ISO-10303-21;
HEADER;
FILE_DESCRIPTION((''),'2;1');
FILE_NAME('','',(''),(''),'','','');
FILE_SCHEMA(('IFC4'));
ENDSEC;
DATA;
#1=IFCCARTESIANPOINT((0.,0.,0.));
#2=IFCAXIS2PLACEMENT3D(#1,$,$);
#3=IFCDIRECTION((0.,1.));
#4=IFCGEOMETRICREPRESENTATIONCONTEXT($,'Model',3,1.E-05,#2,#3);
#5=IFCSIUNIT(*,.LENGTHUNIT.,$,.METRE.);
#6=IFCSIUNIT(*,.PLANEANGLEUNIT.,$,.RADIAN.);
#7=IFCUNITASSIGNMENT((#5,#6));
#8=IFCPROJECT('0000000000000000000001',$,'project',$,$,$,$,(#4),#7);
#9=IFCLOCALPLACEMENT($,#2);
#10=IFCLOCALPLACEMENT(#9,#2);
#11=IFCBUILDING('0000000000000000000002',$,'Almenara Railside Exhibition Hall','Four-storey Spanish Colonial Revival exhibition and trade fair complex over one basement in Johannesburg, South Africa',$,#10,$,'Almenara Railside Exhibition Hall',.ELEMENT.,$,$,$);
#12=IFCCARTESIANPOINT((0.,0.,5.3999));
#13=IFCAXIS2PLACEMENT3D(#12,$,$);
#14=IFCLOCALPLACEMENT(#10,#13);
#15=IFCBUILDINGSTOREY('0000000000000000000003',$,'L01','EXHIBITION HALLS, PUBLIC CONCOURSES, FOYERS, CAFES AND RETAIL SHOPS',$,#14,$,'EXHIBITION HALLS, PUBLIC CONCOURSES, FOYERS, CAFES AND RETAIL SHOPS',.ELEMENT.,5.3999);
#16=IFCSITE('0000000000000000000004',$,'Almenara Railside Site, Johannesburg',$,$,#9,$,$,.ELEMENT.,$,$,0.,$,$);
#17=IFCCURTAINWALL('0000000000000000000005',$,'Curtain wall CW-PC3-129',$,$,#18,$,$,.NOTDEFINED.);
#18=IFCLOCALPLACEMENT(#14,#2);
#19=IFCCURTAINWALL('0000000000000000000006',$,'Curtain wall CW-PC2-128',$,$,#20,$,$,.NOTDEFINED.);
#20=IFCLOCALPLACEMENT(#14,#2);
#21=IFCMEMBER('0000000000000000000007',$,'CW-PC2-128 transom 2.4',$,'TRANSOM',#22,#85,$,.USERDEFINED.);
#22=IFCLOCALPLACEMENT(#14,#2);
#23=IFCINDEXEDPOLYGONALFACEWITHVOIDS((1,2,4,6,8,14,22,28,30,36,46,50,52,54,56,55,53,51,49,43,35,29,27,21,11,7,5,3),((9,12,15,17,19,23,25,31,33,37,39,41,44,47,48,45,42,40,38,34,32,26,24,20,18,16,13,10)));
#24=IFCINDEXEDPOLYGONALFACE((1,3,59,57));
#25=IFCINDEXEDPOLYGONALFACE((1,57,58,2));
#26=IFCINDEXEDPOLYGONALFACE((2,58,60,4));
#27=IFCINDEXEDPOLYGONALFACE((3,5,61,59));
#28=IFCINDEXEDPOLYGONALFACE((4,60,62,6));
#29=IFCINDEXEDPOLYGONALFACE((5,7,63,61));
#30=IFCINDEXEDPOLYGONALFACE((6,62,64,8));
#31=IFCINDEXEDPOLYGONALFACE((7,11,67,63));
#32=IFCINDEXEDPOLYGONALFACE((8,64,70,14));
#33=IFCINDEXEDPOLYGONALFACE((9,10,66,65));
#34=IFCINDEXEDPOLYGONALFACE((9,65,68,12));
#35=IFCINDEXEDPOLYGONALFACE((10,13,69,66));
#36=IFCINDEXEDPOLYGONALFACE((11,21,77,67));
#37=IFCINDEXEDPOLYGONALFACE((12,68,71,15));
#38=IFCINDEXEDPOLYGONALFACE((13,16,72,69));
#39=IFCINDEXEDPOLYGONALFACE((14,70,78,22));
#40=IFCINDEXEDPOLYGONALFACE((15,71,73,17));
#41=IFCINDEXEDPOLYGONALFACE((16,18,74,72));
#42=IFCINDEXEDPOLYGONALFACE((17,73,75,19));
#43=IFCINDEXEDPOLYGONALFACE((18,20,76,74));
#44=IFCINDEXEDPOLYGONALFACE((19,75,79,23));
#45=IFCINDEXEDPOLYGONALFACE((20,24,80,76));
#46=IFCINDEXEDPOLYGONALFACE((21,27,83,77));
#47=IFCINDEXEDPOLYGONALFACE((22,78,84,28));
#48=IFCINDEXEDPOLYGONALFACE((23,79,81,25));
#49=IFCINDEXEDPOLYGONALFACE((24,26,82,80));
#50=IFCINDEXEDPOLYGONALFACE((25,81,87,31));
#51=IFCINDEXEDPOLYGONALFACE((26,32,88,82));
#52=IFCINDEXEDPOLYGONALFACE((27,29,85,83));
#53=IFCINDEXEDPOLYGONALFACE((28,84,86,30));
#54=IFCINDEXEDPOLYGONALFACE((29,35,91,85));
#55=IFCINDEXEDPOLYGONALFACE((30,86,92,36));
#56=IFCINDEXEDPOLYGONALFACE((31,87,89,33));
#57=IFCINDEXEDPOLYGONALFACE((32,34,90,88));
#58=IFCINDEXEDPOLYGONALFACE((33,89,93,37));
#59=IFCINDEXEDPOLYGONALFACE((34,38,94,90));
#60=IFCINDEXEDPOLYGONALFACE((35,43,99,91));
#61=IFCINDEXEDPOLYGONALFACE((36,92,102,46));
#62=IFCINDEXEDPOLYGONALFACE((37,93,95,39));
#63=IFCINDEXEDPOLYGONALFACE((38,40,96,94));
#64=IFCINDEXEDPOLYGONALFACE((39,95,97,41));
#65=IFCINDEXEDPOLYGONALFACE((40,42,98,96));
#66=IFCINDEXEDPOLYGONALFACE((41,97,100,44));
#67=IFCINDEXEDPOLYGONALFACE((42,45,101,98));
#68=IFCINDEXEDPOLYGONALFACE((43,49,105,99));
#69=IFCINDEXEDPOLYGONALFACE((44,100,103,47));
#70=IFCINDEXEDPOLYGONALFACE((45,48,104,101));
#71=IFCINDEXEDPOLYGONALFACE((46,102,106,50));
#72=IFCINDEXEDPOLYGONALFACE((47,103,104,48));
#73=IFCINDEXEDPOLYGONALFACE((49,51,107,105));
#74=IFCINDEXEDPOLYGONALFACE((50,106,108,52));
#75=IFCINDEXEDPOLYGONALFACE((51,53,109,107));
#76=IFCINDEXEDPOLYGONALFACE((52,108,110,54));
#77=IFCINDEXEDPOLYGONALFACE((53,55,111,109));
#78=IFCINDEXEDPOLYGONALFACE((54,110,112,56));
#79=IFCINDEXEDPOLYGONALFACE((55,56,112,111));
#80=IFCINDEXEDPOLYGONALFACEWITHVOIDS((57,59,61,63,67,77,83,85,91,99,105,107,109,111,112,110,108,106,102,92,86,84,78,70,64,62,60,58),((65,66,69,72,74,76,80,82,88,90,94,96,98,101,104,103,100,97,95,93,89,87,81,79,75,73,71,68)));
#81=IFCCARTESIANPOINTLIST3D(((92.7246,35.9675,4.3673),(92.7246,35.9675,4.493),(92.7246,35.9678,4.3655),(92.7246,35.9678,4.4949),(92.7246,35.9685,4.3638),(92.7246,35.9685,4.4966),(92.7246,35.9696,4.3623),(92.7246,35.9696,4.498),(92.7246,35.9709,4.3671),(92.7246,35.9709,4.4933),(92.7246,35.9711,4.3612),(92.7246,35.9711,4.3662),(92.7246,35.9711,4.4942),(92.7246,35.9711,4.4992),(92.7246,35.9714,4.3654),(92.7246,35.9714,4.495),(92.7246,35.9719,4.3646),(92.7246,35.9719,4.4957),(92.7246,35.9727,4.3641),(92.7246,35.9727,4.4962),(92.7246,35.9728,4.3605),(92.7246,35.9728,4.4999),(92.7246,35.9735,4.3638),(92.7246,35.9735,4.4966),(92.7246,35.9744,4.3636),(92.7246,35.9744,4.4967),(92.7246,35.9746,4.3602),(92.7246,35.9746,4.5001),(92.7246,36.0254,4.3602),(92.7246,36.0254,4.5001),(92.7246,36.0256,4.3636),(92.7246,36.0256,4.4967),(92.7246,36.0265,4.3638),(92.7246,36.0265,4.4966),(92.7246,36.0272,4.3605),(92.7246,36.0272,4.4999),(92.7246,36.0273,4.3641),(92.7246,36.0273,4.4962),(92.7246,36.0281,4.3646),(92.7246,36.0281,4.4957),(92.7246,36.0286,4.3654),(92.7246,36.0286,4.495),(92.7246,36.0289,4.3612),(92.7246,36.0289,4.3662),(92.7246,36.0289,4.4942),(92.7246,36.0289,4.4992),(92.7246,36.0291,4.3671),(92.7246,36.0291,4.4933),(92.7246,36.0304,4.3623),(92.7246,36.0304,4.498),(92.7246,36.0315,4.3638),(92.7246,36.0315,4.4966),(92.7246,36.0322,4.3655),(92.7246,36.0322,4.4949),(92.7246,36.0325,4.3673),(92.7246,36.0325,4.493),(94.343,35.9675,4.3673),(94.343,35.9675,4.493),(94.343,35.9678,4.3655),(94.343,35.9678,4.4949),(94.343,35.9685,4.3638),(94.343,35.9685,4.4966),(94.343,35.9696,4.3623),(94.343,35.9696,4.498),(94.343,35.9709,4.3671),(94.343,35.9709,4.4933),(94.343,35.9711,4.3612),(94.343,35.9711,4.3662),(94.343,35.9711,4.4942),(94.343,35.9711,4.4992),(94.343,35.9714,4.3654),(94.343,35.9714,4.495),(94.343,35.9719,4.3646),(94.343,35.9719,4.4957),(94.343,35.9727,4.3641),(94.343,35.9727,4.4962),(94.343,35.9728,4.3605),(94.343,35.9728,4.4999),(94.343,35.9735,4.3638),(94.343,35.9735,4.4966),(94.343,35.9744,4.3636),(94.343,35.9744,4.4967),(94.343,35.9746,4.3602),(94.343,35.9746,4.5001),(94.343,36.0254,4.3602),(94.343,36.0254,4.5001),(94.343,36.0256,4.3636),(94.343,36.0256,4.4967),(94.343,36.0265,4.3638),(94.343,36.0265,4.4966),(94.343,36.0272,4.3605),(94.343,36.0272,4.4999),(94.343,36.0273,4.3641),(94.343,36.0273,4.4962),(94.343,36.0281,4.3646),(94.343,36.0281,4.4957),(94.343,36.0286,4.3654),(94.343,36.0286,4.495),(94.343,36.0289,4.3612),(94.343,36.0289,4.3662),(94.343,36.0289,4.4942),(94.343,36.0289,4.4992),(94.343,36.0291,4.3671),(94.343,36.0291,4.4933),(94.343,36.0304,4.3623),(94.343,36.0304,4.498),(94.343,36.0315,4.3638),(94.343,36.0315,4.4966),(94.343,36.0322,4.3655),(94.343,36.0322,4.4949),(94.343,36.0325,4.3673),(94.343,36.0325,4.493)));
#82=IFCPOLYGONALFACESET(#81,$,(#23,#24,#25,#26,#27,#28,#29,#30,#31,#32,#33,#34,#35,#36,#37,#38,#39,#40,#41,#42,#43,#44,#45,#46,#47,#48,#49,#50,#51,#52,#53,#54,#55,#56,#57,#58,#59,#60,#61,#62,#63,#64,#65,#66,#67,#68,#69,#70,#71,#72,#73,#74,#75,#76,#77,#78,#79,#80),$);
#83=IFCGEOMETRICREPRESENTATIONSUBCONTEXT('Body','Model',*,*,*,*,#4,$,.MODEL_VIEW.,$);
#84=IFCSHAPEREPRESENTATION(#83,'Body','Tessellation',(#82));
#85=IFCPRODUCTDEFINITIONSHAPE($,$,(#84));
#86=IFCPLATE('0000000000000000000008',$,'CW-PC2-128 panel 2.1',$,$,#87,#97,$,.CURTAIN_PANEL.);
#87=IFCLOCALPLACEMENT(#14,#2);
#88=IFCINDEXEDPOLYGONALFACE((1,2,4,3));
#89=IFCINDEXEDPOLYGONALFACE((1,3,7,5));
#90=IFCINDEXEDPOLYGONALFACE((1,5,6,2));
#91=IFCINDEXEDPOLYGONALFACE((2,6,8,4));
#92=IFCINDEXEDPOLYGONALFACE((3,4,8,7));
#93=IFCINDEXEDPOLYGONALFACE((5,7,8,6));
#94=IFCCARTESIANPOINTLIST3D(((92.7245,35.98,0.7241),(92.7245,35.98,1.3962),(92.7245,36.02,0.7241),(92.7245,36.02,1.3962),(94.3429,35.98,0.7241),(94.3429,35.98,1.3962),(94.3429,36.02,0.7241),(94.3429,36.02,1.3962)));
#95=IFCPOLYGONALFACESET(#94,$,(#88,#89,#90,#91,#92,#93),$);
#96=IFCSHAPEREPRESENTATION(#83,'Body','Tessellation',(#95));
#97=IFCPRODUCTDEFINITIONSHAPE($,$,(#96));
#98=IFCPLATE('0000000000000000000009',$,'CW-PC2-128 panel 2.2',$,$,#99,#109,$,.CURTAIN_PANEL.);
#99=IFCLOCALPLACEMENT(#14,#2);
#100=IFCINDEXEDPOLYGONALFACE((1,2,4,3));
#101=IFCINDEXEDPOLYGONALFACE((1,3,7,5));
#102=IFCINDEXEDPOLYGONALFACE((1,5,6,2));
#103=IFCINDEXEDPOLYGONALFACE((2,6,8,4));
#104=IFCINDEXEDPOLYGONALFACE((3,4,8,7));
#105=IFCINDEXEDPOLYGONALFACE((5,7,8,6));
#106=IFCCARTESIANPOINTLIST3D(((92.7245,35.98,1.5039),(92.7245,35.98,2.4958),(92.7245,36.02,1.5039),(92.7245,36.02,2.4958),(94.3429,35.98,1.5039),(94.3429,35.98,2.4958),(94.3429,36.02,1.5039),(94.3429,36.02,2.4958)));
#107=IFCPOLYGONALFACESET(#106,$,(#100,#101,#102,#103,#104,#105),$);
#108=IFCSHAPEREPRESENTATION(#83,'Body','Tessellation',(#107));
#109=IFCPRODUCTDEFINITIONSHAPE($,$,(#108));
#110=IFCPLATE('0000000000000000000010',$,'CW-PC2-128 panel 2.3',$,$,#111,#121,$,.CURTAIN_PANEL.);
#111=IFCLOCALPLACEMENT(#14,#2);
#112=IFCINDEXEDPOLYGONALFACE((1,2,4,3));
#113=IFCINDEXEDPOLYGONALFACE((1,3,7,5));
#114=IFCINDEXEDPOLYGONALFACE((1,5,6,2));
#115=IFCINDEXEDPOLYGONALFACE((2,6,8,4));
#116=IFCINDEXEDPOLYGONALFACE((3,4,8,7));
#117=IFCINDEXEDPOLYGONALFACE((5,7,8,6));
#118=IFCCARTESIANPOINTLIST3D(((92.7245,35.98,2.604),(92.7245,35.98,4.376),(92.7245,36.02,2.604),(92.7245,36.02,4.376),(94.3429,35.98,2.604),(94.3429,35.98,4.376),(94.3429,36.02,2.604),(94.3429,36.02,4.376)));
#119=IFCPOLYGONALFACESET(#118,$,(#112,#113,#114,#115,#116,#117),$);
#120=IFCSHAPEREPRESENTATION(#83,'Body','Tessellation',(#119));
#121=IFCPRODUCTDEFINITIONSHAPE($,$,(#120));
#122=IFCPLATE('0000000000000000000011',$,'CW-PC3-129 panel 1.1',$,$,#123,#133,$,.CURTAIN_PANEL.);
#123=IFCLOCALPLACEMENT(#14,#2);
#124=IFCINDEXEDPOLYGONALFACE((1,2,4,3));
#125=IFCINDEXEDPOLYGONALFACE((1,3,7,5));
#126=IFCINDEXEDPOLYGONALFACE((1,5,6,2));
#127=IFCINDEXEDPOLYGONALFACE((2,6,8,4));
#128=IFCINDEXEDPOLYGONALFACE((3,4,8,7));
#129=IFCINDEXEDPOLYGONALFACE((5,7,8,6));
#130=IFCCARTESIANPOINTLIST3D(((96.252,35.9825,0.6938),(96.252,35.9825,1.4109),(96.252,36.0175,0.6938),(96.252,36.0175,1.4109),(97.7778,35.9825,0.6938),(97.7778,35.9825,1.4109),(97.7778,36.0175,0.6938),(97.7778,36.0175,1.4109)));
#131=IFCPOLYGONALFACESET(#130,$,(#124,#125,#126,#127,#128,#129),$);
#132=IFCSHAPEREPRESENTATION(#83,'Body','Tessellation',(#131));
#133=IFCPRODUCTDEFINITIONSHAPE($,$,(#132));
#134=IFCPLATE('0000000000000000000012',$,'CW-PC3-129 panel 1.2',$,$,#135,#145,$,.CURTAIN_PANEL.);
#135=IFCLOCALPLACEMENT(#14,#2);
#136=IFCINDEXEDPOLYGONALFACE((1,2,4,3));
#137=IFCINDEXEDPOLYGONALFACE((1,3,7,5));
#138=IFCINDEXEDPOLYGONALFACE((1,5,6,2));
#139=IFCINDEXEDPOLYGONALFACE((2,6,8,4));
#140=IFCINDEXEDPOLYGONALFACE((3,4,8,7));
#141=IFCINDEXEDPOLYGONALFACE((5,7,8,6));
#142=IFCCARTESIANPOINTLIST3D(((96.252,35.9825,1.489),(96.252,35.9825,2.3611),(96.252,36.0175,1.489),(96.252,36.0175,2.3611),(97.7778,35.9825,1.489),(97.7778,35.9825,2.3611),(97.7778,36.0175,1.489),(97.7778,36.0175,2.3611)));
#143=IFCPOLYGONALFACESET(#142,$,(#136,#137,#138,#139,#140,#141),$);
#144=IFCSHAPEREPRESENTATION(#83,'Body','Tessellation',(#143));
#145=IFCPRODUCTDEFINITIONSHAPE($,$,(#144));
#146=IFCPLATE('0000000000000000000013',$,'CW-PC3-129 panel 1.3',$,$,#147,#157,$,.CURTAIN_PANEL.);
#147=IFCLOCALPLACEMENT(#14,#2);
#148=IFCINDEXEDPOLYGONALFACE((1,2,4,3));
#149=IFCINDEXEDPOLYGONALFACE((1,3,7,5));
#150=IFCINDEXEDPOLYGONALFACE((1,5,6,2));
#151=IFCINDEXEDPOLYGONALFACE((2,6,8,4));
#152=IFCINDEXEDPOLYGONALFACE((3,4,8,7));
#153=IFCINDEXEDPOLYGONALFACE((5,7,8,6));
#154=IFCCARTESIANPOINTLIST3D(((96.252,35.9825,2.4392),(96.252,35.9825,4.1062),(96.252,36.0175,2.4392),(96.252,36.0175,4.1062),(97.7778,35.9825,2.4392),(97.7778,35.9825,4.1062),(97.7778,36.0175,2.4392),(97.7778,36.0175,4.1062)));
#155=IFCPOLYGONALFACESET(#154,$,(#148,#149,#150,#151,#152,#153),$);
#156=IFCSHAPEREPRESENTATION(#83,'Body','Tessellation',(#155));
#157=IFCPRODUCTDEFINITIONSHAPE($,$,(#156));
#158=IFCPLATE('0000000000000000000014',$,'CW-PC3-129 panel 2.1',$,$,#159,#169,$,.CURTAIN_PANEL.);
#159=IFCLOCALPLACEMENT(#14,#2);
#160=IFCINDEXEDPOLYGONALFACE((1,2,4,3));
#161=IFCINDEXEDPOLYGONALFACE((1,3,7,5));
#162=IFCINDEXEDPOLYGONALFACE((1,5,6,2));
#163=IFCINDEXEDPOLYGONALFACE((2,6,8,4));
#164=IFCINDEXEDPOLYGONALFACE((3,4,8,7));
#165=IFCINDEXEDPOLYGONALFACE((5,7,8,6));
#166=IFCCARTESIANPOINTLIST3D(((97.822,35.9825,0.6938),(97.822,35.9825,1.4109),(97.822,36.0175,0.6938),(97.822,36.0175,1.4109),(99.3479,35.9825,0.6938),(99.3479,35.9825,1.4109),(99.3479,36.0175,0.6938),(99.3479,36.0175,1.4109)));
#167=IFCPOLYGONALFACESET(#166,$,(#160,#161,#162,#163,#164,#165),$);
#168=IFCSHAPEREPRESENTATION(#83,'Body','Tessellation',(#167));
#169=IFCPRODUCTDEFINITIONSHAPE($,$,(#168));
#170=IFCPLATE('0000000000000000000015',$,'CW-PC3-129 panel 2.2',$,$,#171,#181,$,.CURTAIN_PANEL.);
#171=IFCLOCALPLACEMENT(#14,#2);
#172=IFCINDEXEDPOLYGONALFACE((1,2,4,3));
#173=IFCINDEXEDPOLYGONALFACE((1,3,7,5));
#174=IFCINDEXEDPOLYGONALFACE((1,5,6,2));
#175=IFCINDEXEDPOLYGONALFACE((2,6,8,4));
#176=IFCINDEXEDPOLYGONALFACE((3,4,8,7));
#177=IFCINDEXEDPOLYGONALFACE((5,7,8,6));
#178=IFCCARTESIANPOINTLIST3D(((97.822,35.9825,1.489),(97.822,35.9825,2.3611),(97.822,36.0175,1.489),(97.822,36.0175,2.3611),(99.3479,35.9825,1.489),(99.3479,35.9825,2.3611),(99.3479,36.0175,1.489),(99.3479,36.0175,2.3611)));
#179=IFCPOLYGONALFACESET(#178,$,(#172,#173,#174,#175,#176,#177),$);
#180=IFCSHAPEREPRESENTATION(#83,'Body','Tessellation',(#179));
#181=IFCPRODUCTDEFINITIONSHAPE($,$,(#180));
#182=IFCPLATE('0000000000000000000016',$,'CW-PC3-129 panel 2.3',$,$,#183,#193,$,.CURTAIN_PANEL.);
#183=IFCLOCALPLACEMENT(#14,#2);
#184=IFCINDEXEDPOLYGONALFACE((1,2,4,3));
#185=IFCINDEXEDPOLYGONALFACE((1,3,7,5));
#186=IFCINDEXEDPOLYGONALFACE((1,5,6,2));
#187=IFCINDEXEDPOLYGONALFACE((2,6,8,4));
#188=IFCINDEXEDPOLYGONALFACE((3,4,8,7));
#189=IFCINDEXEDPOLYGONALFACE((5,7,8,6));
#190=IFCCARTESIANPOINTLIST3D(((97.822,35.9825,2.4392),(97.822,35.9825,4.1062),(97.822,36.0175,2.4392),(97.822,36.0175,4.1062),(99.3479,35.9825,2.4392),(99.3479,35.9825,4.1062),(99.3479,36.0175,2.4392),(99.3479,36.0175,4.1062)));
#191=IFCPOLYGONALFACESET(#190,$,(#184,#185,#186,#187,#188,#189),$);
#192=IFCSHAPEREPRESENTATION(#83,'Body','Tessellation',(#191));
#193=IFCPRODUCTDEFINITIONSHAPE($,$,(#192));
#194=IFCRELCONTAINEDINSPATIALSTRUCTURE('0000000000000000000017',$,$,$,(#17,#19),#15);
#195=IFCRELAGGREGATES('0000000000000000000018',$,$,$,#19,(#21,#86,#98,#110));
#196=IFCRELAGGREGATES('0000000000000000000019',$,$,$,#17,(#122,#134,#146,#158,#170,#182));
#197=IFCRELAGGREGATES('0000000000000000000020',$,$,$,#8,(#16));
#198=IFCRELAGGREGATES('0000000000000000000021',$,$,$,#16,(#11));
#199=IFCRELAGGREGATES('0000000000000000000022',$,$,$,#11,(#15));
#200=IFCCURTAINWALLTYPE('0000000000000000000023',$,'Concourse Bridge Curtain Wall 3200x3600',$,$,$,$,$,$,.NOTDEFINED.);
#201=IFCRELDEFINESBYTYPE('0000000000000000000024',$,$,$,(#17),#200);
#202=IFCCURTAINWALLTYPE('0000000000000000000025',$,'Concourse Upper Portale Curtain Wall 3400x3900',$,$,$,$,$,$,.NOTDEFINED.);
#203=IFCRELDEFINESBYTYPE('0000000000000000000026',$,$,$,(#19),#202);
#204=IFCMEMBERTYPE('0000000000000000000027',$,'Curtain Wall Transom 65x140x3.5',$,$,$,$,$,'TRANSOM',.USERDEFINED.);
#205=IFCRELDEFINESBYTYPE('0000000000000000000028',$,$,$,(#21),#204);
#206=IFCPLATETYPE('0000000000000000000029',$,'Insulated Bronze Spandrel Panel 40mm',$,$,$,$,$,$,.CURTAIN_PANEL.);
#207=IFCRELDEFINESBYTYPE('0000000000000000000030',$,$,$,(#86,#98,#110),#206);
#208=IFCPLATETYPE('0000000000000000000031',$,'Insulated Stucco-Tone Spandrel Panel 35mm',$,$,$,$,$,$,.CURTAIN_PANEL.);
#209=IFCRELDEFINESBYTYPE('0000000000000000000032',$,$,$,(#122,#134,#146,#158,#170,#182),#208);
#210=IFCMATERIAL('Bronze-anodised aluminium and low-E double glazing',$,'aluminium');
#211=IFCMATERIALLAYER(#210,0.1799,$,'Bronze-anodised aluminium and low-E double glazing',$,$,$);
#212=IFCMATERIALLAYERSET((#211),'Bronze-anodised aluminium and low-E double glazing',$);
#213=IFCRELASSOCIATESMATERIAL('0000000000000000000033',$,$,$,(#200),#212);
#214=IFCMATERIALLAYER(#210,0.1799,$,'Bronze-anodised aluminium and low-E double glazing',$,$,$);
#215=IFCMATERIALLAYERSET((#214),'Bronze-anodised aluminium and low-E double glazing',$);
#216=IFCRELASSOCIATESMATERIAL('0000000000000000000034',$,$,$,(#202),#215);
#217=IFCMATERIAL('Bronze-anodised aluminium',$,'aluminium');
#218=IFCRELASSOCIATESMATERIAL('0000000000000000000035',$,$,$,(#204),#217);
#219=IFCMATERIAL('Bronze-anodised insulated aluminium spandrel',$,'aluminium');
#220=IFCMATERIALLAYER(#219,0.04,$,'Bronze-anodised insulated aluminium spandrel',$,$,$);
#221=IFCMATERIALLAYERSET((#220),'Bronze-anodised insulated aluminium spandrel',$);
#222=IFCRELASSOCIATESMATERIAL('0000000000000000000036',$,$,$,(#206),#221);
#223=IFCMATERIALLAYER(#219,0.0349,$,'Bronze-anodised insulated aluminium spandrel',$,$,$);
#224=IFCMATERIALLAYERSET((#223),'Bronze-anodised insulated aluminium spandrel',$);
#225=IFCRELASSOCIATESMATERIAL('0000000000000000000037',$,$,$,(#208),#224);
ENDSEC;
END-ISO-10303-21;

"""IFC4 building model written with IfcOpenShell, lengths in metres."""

from ifc_helpers import new_model, si_unit, direction, frame, origin, origin_2d, place, context, subcontext, project, spatial, rectangle, hollow_rectangle, extrude, material, layer, layer_set, material_profile, profile_set, type_object, element, aggregate, save


model = new_model("IFC4")

# Units and contexts
model_context = context("Model", 3, precision=1e-05, world=origin(), true_north=direction((0.0, 1.0)))
body_context = subcontext(model_context, "Body", "Model", "MODEL_VIEW")
ifc_project = project(units=[si_unit("LENGTHUNIT", "METRE"), si_unit("PLANEANGLEUNIT", "RADIAN")], contexts=[model_context])

# Site, building, storey
site_placement = place(None, origin())
site = spatial("IfcSite", under=ifc_project, at=site_placement, Name="Almenara Railside Site, Johannesburg", CompositionType="ELEMENT", RefElevation=0.0)
building_placement = place(site_placement, origin())
building = spatial("IfcBuilding", under=site, at=building_placement, Name="Almenara Railside Exhibition Hall", Description="Four-storey Spanish Colonial Revival exhibition and trade fair complex over one basement in Johannesburg, South Africa", LongName="Almenara Railside Exhibition Hall", CompositionType="ELEMENT")
storey_placement = place(building_placement, frame((0.0, 0.0, 5.3999)))
storey = spatial("IfcBuildingStorey", under=building, at=storey_placement, Name="L01", Description="EXHIBITION HALLS, PUBLIC CONCOURSES, FOYERS, CAFES AND RETAIL SHOPS", LongName="EXHIBITION HALLS, PUBLIC CONCOURSES, FOYERS, CAFES AND RETAIL SHOPS", CompositionType="ELEMENT", Elevation=5.3999)

# Curtain wall
ifc_material_1 = material(Name="Bronze-anodised aluminium and low-E double glazing", Category="aluminium")
ifc_layer_1 = layer(ifc_material_1, 0.1799, Name="Bronze-anodised aluminium and low-E double glazing")
ifc_layer_set_1 = layer_set([ifc_layer_1], Name="Bronze-anodised aluminium and low-E double glazing")
curtain_wall_type_1 = type_object("IfcCurtainWallType", Name="Concourse Bridge Curtain Wall 3200x3600", PredefinedType="NOTDEFINED", material=ifc_layer_set_1)
curtain_wall_1_placement = place(storey_placement, origin())
curtain_wall_1 = element("IfcCurtainWall", 1, at=curtain_wall_1_placement, inside=storey, type_object=curtain_wall_type_1, Name="Curtain wall CW-PC3-129", PredefinedType="NOTDEFINED")
ifc_material_2 = material(Name="Bronze-anodised aluminium", Category="aluminium")

# Curtain wall
ifc_layer_2 = layer(ifc_material_1, 0.1799, Name="Bronze-anodised aluminium and low-E double glazing")
ifc_layer_set_2 = layer_set([ifc_layer_2], Name="Bronze-anodised aluminium and low-E double glazing")
curtain_wall_type_2 = type_object("IfcCurtainWallType", Name="Concourse Upper Portale Curtain Wall 3400x3900", PredefinedType="NOTDEFINED", material=ifc_layer_set_2)
curtain_wall_2_placement = place(storey_placement, origin())
curtain_wall_2 = element("IfcCurtainWall", 2, at=curtain_wall_2_placement, inside=storey, type_object=curtain_wall_type_2, Name="Curtain wall CW-PC2-128", PredefinedType="NOTDEFINED")

# Member
ifc_material_profile_1 = material_profile(ifc_material_2, hollow_rectangle(XDim=0.0649, YDim=0.1399, WallThickness=0.0034, InnerFilletRadius=0.0034, OuterFilletRadius=0.0071, at=origin_2d()), Name="ALU-TRN 65x140x3.5")
ifc_profile_set_1 = profile_set([ifc_material_profile_1], Name="Bronze-anodised aluminium")
member_type_1 = type_object("IfcMemberType", Name="Curtain Wall Transom 65x140x3.5", ElementType="TRANSOM", PredefinedType="USERDEFINED", material=ifc_profile_set_1)
member_1_placement = place(storey_placement, frame((92.7246, 36.0, 4.4302), z_axis=(1.0, 0.0, 0.0), x_axis=(0.0, 1.0, 0.0)))
member_1 = element("IfcMember", 3, at=member_1_placement, type_object=member_type_1, Name="CW-PC2-128 transom 2.4", ObjectType="TRANSOM", PredefinedType="USERDEFINED", context=body_context, shape_type="SweptSolid", body=[
    extrude(hollow_rectangle(XDim=0.0649, YDim=0.1399, WallThickness=0.0034, InnerFilletRadius=0.0034, OuterFilletRadius=0.0071, at=origin_2d()), origin(), (0.0, 0.0, 1.0), 1.6184),
])

# Plates
ifc_material_3 = material(Name="Bronze-anodised insulated aluminium spandrel", Category="aluminium")
ifc_layer_3 = layer(ifc_material_3, 0.04, Name="Bronze-anodised insulated aluminium spandrel")
ifc_layer_set_3 = layer_set([ifc_layer_3], Name="Bronze-anodised insulated aluminium spandrel")
plate_type_1 = type_object("IfcPlateType", Name="Insulated Bronze Spandrel Panel 40mm", PredefinedType="CURTAIN_PANEL", material=ifc_layer_set_3)
plate_1_placement = place(storey_placement, frame((93.5337, 36.0, 0.7241), z_axis=(0.0, 0.0, 1.0), x_axis=(1.0, 0.0, 0.0)))
plate_1 = element("IfcPlate", 4, at=plate_1_placement, type_object=plate_type_1, Name="CW-PC2-128 panel 2.1", PredefinedType="CURTAIN_PANEL", context=body_context, shape_type="SweptSolid", body=[
    extrude(rectangle(XDim=1.6184, YDim=0.04, at=origin_2d()), origin(), (0.0, 0.0, 1.0), 0.6721),
])
plate_2_placement = place(storey_placement, frame((93.5337, 36.0, 1.5039), z_axis=(0.0, 0.0, 1.0), x_axis=(1.0, 0.0, 0.0)))
plate_2 = element("IfcPlate", 5, at=plate_2_placement, type_object=plate_type_1, Name="CW-PC2-128 panel 2.2", PredefinedType="CURTAIN_PANEL", context=body_context, shape_type="SweptSolid", body=[
    extrude(rectangle(XDim=1.6184, YDim=0.04, at=origin_2d()), origin(), (0.0, 0.0, 1.0), 0.9919),
])
plate_3_placement = place(storey_placement, frame((93.5337, 36.0, 2.604), z_axis=(0.0, 0.0, 1.0), x_axis=(1.0, 0.0, 0.0)))
plate_3 = element("IfcPlate", 6, at=plate_3_placement, type_object=plate_type_1, Name="CW-PC2-128 panel 2.3", PredefinedType="CURTAIN_PANEL", context=body_context, shape_type="SweptSolid", body=[
    extrude(rectangle(XDim=1.6184, YDim=0.04, at=origin_2d()), origin(), (0.0, 0.0, 1.0), 1.772),
])
aggregate(curtain_wall_2, [member_1, plate_1, plate_2, plate_3])
ifc_layer_4 = layer(ifc_material_3, 0.0349, Name="Bronze-anodised insulated aluminium spandrel")
ifc_layer_set_4 = layer_set([ifc_layer_4], Name="Bronze-anodised insulated aluminium spandrel")
plate_type_2 = type_object("IfcPlateType", Name="Insulated Stucco-Tone Spandrel Panel 35mm", PredefinedType="CURTAIN_PANEL", material=ifc_layer_set_4)
plate_4_placement = place(storey_placement, frame((97.0149, 36.0, 0.6938), z_axis=(0.0, 0.0, 1.0), x_axis=(1.0, 0.0, 0.0)))
plate_4 = element("IfcPlate", 7, at=plate_4_placement, type_object=plate_type_2, Name="CW-PC3-129 panel 1.1", PredefinedType="CURTAIN_PANEL", context=body_context, shape_type="SweptSolid", body=[
    extrude(rectangle(XDim=1.5259, YDim=0.0349, at=origin_2d()), origin(), (0.0, 0.0, 1.0), 0.717),
])
plate_5_placement = place(storey_placement, frame((97.0149, 36.0, 1.489), z_axis=(0.0, 0.0, 1.0), x_axis=(1.0, 0.0, 0.0)))
plate_5 = element("IfcPlate", 8, at=plate_5_placement, type_object=plate_type_2, Name="CW-PC3-129 panel 1.2", PredefinedType="CURTAIN_PANEL", context=body_context, shape_type="SweptSolid", body=[
    extrude(rectangle(XDim=1.5259, YDim=0.0349, at=origin_2d()), origin(), (0.0, 0.0, 1.0), 0.8721),
])
plate_6_placement = place(storey_placement, frame((97.0149, 36.0, 2.4392), z_axis=(0.0, 0.0, 1.0), x_axis=(1.0, 0.0, 0.0)))
plate_6 = element("IfcPlate", 9, at=plate_6_placement, type_object=plate_type_2, Name="CW-PC3-129 panel 1.3", PredefinedType="CURTAIN_PANEL", context=body_context, shape_type="SweptSolid", body=[
    extrude(rectangle(XDim=1.5259, YDim=0.0349, at=origin_2d()), origin(), (0.0, 0.0, 1.0), 1.667),
])
plate_7_placement = place(storey_placement, frame((98.585, 36.0, 0.6938), z_axis=(0.0, 0.0, 1.0), x_axis=(1.0, 0.0, 0.0)))
plate_7 = element("IfcPlate", 10, at=plate_7_placement, type_object=plate_type_2, Name="CW-PC3-129 panel 2.1", PredefinedType="CURTAIN_PANEL", context=body_context, shape_type="SweptSolid", body=[
    extrude(rectangle(XDim=1.5259, YDim=0.0349, at=origin_2d()), origin(), (0.0, 0.0, 1.0), 0.717),
])
plate_8_placement = place(storey_placement, frame((98.585, 36.0, 1.489), z_axis=(0.0, 0.0, 1.0), x_axis=(1.0, 0.0, 0.0)))
plate_8 = element("IfcPlate", 11, at=plate_8_placement, type_object=plate_type_2, Name="CW-PC3-129 panel 2.2", PredefinedType="CURTAIN_PANEL", context=body_context, shape_type="SweptSolid", body=[
    extrude(rectangle(XDim=1.5259, YDim=0.0349, at=origin_2d()), origin(), (0.0, 0.0, 1.0), 0.8721),
])
plate_9_placement = place(storey_placement, frame((98.585, 36.0, 2.4392), z_axis=(0.0, 0.0, 1.0), x_axis=(1.0, 0.0, 0.0)))
plate_9 = element("IfcPlate", 12, at=plate_9_placement, type_object=plate_type_2, Name="CW-PC3-129 panel 2.3", PredefinedType="CURTAIN_PANEL", context=body_context, shape_type="SweptSolid", body=[
    extrude(rectangle(XDim=1.5259, YDim=0.0349, at=origin_2d()), origin(), (0.0, 0.0, 1.0), 1.667),
])
aggregate(curtain_wall_1, [plate_4, plate_5, plate_6, plate_7, plate_8, plate_9])

save(model, "model.ifc")
